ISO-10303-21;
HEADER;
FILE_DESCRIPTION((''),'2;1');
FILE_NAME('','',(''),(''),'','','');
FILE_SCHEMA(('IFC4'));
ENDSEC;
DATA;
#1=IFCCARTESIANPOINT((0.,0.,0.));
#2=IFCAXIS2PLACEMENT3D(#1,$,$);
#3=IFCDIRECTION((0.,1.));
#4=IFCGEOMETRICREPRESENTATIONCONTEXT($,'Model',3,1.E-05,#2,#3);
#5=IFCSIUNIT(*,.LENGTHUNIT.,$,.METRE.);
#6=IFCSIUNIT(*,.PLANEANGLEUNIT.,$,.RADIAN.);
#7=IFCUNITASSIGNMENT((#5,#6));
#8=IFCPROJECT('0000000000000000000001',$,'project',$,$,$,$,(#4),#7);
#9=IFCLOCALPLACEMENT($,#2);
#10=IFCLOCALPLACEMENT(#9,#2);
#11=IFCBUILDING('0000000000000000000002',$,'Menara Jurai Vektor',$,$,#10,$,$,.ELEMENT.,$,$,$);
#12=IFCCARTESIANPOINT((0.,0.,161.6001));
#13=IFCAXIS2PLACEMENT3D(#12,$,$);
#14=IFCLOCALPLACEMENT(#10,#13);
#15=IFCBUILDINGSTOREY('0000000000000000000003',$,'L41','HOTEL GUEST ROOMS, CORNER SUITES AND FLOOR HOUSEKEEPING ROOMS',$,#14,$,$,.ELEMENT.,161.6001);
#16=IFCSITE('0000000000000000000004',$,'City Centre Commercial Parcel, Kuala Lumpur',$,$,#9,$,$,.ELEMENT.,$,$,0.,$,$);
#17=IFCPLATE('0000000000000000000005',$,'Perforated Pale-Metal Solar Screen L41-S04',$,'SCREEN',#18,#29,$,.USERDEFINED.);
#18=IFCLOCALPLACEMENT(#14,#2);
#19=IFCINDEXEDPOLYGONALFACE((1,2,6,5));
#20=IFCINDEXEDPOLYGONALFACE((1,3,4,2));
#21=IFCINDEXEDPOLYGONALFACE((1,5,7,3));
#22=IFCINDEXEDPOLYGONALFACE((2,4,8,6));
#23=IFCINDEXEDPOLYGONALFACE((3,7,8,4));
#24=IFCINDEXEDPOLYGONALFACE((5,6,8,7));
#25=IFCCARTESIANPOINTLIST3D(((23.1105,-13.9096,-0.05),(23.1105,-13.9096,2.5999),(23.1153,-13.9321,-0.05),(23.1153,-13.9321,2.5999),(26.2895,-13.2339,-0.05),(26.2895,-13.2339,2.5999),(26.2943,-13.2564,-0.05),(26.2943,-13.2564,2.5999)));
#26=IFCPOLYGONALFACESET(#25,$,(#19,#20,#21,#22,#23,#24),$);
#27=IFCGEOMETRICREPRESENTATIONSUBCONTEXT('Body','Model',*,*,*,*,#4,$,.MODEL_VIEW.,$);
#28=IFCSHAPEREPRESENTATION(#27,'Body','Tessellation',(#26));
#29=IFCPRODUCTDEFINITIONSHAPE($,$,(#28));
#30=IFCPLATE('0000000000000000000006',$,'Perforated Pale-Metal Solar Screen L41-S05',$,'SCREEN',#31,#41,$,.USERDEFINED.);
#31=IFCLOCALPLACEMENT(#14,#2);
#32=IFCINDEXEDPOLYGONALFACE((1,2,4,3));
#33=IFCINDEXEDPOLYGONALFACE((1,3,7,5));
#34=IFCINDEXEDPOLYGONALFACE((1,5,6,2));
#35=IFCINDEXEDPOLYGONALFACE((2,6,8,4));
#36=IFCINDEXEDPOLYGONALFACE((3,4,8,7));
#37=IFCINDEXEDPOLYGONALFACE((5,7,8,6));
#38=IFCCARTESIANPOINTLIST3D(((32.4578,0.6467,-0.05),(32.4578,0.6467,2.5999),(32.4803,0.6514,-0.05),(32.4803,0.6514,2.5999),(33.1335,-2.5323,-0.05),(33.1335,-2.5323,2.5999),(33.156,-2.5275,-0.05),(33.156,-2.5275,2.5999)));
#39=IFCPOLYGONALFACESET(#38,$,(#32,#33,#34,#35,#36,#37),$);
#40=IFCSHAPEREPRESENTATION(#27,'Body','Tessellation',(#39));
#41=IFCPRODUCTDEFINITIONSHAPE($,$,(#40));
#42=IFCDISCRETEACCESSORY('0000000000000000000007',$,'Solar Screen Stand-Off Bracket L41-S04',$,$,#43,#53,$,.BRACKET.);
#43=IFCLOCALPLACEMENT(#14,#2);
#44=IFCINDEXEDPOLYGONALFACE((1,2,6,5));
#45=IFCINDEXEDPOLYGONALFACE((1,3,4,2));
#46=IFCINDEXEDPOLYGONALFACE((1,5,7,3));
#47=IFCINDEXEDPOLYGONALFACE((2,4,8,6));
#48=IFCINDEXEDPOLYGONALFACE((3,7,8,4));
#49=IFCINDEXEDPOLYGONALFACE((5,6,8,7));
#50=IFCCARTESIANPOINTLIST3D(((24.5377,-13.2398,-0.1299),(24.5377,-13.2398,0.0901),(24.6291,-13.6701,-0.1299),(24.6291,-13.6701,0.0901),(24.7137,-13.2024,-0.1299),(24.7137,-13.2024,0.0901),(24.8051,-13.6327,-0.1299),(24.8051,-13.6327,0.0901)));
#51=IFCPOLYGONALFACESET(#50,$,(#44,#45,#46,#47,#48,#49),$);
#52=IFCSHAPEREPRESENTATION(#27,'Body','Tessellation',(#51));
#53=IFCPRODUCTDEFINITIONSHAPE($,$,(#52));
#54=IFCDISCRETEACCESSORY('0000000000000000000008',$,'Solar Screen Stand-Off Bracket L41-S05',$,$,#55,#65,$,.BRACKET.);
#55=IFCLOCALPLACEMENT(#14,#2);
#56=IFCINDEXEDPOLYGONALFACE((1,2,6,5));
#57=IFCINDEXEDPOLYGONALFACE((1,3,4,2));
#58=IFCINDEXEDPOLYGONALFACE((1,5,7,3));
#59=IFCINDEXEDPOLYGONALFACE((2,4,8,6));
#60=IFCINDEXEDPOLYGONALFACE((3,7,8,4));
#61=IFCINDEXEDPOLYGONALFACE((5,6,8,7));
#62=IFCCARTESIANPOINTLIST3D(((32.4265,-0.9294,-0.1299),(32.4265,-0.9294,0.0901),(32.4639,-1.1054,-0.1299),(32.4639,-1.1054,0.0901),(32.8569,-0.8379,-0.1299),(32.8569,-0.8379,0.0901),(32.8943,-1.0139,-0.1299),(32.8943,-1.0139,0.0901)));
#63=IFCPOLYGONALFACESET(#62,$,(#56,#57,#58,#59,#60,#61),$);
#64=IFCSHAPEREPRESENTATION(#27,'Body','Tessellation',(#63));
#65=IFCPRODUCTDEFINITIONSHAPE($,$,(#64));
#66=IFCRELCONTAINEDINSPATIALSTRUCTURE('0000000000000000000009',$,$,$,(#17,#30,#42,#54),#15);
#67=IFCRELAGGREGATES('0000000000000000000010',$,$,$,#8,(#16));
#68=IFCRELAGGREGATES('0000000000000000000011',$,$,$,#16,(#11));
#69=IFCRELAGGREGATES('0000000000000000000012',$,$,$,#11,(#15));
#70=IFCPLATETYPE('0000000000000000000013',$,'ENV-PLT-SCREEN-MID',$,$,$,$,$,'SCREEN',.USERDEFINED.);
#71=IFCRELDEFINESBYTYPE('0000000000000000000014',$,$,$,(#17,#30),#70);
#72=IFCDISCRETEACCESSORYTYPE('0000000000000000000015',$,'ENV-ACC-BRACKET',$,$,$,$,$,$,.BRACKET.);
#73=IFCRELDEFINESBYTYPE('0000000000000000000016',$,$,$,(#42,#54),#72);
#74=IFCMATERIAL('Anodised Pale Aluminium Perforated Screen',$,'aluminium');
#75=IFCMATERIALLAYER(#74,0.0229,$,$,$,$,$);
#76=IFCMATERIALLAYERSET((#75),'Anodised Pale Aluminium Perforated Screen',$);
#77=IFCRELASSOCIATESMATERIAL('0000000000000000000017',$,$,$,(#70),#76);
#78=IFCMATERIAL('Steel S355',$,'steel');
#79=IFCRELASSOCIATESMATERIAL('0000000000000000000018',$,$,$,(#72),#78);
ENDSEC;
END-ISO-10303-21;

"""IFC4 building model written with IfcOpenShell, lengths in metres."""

from ifc_helpers import new_model, si_unit, direction, frame, origin, origin_2d, place, context, subcontext, project, spatial, rectangle, extrude, material, layer, layer_set, type_object, element, save


model = new_model("IFC4")

# Units and contexts
model_context = context("Model", 3, precision=1e-05, world=origin(), true_north=direction((0.0, 1.0)))
body_context = subcontext(model_context, "Body", "Model", "MODEL_VIEW")
ifc_project = project(units=[si_unit("LENGTHUNIT", "METRE"), si_unit("PLANEANGLEUNIT", "RADIAN")], contexts=[model_context])

# Site, building, storey
site_placement = place(None, origin())
site = spatial("IfcSite", under=ifc_project, at=site_placement, Name="City Centre Commercial Parcel, Kuala Lumpur", CompositionType="ELEMENT", RefElevation=0.0)
building_placement = place(site_placement, origin())
building = spatial("IfcBuilding", under=site, at=building_placement, Name="Menara Jurai Vektor", CompositionType="ELEMENT")
storey_placement = place(building_placement, frame((0.0, 0.0, 161.6001)))
storey = spatial("IfcBuildingStorey", under=building, at=storey_placement, Name="L41", Description="HOTEL GUEST ROOMS, CORNER SUITES AND FLOOR HOUSEKEEPING ROOMS", CompositionType="ELEMENT", Elevation=161.6001)

# Shared definitions
ifc_material_1 = material(Name="Steel S355", Category="steel")

# Plates
ifc_material_2 = material(Name="Anodised Pale Aluminium Perforated Screen", Category="aluminium")
ifc_layer_1 = layer(ifc_material_2, 0.0229)
ifc_layer_set_1 = layer_set([ifc_layer_1], Name="Anodised Pale Aluminium Perforated Screen")
plate_type_1 = type_object("IfcPlateType", Name="ENV-PLT-SCREEN-MID", ElementType="SCREEN", PredefinedType="USERDEFINED", material=ifc_layer_set_1)
for number, where, z_axis, x_axis, name in (
    (1, (24.7024, -13.583, -0.05), (0.0, 0.0, 1.0), (0.978148, 0.207912, 0.0), "Perforated Pale-Metal Solar Screen L41-S04"),
    (2, (32.8069, -0.9404, -0.05), (0.0, 0.0, 1.0), (-0.207912, 0.978148, 0.0), "Perforated Pale-Metal Solar Screen L41-S05"),
):
    element("IfcPlate", number, at=place(storey_placement, frame(where, z_axis=z_axis, x_axis=x_axis)), inside=storey, type_object=plate_type_1, Name=name, ObjectType="SCREEN", PredefinedType="USERDEFINED", context=body_context, shape_type="SweptSolid", body=[
        extrude(rectangle(XDim=3.25, YDim=0.0229, at=origin_2d()), origin(), (0.0, 0.0, 1.0), 2.6499),
    ])

# Discrete accessories
discrete_accessory_type = type_object("IfcDiscreteAccessoryType", Name="ENV-ACC-BRACKET", PredefinedType="BRACKET", material=ifc_material_1)
for number, where, z_axis, x_axis, name in (
    (3, (24.6714, -13.4363, -0.1299), (0.0, 0.0, 1.0), (0.978148, 0.207912, 0.0), "Solar Screen Stand-Off Bracket L41-S04"),
    (4, (32.6604, -0.9717, -0.1299), (0.0, 0.0, 1.0), (-0.207912, 0.978148, 0.0), "Solar Screen Stand-Off Bracket L41-S05"),
):
    element("IfcDiscreteAccessory", number, at=place(storey_placement, frame(where, z_axis=z_axis, x_axis=x_axis)), inside=storey, type_object=discrete_accessory_type, Name=name, PredefinedType="BRACKET", context=body_context, shape_type="SweptSolid", body=[
        extrude(rectangle(XDim=0.1799, YDim=0.4399, at=origin_2d()), origin(), (0.0, 0.0, 1.0), 0.22),
    ])

save(model, "model.ifc")
